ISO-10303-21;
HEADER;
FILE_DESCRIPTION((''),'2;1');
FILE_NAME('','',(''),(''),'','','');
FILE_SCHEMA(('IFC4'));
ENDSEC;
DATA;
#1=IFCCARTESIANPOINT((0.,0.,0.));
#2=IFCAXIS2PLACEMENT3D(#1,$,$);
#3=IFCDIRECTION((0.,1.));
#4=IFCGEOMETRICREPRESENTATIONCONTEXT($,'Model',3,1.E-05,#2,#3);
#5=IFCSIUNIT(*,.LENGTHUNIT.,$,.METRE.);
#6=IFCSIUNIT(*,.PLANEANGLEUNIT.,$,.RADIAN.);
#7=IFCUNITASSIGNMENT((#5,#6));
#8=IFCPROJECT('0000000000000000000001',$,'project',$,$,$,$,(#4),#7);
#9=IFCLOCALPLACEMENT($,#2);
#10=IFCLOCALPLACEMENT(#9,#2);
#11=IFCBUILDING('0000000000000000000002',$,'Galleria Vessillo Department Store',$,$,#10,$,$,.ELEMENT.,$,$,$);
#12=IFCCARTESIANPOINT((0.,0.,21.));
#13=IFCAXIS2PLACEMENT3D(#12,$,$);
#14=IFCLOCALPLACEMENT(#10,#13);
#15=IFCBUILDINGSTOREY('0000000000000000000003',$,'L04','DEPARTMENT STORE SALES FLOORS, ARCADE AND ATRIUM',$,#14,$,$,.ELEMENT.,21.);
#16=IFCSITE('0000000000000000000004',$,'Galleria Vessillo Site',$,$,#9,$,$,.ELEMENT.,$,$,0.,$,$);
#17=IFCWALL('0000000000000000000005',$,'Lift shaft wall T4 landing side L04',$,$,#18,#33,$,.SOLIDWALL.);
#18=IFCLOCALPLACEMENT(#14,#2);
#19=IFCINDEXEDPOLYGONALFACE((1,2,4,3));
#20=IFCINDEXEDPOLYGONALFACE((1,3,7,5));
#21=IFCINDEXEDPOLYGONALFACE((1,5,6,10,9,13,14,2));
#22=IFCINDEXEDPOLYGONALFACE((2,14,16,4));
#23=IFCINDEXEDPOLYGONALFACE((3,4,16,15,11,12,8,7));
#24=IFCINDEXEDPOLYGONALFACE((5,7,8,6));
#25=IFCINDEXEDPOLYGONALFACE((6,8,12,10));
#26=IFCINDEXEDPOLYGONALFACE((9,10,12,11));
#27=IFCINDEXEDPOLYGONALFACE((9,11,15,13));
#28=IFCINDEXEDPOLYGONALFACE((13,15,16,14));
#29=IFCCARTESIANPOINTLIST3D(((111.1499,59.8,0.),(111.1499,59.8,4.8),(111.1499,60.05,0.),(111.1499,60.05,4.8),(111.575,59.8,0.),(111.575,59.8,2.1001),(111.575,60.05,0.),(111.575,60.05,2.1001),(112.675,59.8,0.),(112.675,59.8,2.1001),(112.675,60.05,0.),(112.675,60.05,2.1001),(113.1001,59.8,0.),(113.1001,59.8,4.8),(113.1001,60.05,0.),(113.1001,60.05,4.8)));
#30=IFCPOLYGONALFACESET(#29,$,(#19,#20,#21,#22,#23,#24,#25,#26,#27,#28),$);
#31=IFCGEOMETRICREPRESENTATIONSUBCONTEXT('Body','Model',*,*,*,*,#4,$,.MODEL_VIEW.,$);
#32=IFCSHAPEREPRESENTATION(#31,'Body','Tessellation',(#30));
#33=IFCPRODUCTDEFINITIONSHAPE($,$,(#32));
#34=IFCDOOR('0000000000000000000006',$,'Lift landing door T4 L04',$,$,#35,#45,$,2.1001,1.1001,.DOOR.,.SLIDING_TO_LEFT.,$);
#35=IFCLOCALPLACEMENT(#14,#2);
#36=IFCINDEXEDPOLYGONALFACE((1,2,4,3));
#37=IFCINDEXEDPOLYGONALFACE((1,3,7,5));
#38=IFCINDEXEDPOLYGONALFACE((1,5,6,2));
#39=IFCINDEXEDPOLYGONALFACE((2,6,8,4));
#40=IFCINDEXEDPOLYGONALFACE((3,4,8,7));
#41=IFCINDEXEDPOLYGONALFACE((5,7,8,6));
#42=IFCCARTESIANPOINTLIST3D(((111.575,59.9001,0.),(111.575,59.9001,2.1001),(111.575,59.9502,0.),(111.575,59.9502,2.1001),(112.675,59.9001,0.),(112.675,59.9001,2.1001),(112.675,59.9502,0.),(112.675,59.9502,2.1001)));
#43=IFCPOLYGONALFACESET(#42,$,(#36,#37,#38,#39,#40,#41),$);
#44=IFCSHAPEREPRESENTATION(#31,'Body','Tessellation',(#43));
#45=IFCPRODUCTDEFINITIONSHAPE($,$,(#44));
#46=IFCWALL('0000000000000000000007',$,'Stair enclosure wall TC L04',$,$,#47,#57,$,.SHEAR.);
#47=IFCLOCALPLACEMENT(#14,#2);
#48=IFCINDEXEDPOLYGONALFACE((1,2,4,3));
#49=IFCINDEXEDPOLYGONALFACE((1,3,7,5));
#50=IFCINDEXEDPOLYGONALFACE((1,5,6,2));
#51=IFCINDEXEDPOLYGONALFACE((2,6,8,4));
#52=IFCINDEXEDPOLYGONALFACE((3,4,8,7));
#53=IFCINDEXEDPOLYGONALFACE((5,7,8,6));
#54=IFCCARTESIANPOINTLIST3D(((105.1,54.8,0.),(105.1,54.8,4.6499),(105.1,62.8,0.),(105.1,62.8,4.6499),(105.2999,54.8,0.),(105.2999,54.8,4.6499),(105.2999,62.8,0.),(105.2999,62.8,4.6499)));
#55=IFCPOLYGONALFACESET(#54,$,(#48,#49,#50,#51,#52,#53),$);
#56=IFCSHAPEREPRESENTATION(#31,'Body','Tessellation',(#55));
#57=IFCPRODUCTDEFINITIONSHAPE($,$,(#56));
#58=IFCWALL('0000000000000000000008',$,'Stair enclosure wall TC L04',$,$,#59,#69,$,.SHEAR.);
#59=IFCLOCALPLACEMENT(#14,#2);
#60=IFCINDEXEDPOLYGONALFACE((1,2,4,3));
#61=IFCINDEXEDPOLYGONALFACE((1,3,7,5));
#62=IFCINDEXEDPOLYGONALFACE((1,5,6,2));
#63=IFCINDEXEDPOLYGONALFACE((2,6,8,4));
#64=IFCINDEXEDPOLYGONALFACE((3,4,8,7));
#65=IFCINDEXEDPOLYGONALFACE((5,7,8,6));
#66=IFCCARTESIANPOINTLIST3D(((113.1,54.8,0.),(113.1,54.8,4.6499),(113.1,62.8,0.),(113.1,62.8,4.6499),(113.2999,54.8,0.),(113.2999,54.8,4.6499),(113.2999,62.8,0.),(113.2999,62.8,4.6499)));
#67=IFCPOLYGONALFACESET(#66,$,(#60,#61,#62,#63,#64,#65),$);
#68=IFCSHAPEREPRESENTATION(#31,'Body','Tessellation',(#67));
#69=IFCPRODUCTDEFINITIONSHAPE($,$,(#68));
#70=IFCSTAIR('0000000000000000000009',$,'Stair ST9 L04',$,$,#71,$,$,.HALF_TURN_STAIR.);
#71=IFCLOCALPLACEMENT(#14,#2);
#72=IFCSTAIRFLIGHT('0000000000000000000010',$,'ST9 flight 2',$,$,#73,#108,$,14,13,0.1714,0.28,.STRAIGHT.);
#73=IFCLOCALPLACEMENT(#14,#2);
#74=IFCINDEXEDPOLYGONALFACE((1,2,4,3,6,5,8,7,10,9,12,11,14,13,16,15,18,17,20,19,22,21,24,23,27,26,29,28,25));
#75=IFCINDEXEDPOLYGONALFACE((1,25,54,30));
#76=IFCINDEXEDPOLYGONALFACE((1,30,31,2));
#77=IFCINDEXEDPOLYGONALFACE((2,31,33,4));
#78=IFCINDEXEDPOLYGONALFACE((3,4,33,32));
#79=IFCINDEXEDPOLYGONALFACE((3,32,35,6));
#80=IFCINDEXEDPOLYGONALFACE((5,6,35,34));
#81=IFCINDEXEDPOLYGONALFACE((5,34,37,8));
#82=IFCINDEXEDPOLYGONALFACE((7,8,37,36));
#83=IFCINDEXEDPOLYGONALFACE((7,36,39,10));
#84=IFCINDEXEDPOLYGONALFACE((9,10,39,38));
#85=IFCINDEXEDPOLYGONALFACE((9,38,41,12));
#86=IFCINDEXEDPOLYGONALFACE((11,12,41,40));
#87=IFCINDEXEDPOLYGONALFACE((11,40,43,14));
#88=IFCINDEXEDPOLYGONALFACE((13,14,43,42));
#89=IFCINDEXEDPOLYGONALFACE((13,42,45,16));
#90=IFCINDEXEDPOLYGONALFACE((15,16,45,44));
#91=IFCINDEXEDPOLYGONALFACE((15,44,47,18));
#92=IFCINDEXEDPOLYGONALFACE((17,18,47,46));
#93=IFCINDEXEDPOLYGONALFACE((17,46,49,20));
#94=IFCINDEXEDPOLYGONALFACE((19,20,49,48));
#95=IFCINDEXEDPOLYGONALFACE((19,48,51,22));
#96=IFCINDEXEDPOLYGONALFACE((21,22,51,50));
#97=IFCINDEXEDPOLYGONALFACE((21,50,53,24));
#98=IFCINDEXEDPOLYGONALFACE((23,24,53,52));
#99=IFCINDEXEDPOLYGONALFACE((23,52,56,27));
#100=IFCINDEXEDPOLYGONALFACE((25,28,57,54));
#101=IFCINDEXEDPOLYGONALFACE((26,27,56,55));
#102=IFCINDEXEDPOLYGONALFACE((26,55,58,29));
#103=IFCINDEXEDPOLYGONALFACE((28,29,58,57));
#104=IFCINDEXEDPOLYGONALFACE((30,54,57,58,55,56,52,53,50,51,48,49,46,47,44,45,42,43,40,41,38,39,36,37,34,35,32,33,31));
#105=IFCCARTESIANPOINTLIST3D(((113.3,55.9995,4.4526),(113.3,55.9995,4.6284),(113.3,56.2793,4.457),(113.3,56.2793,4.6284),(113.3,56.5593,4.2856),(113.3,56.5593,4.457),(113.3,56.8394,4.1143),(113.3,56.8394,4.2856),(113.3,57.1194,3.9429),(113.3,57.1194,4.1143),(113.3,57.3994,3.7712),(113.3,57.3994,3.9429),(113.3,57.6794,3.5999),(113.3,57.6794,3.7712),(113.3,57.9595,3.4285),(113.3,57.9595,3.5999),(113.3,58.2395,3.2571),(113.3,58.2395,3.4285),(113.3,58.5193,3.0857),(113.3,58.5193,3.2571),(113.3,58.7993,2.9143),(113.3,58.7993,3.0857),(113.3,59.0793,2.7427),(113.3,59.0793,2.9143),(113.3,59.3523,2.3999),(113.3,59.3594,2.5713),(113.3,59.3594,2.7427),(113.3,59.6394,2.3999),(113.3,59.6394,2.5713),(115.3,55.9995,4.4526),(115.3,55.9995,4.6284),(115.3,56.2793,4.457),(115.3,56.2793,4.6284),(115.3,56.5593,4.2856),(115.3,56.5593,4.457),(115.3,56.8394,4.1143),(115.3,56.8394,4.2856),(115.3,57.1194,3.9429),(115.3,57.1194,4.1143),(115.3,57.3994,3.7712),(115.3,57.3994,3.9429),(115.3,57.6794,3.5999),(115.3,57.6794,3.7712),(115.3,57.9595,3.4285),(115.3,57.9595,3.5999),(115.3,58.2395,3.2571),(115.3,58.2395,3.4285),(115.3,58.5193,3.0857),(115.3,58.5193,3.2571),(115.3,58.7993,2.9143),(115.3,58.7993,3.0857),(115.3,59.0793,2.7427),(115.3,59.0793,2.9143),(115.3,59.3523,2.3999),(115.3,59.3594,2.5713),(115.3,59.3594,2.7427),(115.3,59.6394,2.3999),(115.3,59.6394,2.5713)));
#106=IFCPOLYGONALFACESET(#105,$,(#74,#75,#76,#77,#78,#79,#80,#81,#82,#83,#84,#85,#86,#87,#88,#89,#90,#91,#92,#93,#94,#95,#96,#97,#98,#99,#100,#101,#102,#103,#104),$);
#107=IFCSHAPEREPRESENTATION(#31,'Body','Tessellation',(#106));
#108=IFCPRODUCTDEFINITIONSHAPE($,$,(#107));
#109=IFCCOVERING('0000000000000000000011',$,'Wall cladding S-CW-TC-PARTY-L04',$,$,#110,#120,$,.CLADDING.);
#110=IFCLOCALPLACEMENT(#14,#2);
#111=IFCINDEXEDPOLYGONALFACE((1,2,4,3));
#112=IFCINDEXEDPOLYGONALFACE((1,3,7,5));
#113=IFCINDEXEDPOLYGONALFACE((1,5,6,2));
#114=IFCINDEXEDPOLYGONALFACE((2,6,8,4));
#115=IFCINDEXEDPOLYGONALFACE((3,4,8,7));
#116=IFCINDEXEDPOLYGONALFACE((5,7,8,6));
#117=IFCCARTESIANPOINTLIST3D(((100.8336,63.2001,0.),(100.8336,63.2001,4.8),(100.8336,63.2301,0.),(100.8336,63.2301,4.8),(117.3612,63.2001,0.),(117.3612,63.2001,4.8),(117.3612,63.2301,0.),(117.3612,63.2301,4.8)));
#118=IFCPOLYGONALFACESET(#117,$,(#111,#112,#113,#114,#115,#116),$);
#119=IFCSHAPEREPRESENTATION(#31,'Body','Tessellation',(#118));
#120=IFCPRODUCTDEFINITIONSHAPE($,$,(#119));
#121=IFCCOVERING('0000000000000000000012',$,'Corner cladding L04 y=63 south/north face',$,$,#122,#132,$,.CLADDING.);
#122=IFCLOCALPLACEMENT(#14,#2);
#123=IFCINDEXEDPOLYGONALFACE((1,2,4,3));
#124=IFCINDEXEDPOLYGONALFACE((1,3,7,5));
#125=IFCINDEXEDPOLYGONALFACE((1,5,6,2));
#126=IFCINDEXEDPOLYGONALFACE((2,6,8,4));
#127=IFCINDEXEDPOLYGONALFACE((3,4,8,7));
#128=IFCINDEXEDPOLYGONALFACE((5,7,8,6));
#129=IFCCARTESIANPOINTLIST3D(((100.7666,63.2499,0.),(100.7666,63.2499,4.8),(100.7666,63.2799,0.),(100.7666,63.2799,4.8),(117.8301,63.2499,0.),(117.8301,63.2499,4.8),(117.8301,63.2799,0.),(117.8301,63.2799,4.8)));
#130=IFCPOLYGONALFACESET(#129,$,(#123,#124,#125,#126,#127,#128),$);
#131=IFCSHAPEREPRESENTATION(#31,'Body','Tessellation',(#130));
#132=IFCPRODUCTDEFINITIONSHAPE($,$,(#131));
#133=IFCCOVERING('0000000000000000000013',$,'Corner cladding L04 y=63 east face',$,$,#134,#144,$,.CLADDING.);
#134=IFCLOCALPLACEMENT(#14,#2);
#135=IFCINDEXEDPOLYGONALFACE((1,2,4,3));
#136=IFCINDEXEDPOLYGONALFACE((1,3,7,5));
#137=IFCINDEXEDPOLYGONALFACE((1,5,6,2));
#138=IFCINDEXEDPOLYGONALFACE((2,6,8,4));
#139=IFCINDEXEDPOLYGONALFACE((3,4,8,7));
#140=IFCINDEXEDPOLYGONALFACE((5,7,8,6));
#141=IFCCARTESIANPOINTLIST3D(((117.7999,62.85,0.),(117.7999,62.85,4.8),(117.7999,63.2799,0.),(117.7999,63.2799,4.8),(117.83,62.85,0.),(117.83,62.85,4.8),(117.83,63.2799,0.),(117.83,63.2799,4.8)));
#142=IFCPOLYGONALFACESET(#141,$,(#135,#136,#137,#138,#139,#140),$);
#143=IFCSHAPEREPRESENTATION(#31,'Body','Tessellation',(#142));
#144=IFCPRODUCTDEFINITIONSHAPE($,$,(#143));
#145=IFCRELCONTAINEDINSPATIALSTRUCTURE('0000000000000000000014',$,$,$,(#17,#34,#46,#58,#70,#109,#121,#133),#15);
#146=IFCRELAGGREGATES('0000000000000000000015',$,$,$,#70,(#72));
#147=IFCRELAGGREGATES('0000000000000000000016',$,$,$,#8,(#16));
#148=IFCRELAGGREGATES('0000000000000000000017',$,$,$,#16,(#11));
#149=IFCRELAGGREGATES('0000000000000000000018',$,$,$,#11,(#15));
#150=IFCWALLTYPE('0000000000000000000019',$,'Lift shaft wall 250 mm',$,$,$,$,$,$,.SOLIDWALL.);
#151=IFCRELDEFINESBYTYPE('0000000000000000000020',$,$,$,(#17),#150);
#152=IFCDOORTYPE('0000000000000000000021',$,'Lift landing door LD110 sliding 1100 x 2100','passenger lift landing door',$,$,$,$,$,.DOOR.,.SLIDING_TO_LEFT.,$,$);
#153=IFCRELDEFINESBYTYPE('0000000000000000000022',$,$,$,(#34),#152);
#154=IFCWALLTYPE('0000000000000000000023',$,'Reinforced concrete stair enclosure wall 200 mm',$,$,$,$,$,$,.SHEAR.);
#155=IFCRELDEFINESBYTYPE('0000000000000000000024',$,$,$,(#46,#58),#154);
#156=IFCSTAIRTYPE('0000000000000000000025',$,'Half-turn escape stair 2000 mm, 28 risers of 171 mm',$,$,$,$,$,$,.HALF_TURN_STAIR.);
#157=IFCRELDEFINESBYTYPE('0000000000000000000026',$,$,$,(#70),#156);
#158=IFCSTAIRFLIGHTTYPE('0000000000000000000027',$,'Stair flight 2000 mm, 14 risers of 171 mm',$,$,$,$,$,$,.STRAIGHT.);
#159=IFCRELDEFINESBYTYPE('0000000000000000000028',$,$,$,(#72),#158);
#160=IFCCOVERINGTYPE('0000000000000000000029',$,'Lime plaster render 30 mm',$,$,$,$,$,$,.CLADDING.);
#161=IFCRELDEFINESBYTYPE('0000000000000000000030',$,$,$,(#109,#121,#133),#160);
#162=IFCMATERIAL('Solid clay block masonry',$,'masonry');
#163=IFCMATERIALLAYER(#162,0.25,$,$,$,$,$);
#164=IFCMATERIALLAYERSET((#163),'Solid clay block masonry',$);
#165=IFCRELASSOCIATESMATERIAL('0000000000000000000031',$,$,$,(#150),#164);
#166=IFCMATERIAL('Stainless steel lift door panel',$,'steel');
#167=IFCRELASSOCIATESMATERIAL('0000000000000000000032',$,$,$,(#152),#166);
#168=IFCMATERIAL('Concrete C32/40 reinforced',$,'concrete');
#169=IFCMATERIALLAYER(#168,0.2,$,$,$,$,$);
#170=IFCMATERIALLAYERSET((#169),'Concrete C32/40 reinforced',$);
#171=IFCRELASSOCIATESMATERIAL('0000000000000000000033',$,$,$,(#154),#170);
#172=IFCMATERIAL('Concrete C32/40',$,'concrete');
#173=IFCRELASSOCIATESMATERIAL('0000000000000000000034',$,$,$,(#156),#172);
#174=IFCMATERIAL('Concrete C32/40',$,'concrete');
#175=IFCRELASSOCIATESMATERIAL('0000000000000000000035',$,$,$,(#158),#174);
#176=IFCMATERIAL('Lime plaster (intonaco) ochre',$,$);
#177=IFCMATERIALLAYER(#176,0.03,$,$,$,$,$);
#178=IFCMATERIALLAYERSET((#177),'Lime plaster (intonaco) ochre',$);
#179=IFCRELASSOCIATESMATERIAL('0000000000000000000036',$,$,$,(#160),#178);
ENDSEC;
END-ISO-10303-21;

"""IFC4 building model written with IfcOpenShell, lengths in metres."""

from ifc_helpers import new_model, si_unit, direction, frame, frame_2d, origin, origin_2d, place, context, subcontext, project, spatial, polyline, rectangle, outline, extrude, material, layer, layer_set, type_object, element, fill, aggregate, save


model = new_model("IFC4")

# Units and contexts
model_context = context("Model", 3, precision=1e-05, world=origin(), true_north=direction((0.0, 1.0)))
body_context = subcontext(model_context, "Body", "Model", "MODEL_VIEW")
ifc_project = project(units=[si_unit("LENGTHUNIT", "METRE"), si_unit("PLANEANGLEUNIT", "RADIAN")], contexts=[model_context])

# Site, building, storey
site_placement = place(None, origin())
site = spatial("IfcSite", under=ifc_project, at=site_placement, Name="Galleria Vessillo Site", CompositionType="ELEMENT", RefElevation=0.0)
building_placement = place(site_placement, origin())
building = spatial("IfcBuilding", under=site, at=building_placement, Name="Galleria Vessillo Department Store", CompositionType="ELEMENT")
storey_placement = place(building_placement, frame((0.0, 0.0, 21.0)))
storey = spatial("IfcBuildingStorey", under=building, at=storey_placement, Name="L04", Description="DEPARTMENT STORE SALES FLOORS, ARCADE AND ATRIUM", CompositionType="ELEMENT", Elevation=21.0)

# Wall, opening, door
ifc_material_1 = material(Name="Solid clay block masonry", Category="masonry")
ifc_layer_1 = layer(ifc_material_1, 0.25)
ifc_layer_set_1 = layer_set([ifc_layer_1], Name="Solid clay block masonry")
wall_type_1 = type_object("IfcWallType", Name="Lift shaft wall 250 mm", PredefinedType="SOLIDWALL", material=ifc_layer_set_1)
ifc_material_2 = material(Name="Stainless steel lift door panel", Category="steel")
door_type = type_object("IfcDoorType", Name="Lift landing door LD110 sliding 1100 x 2100", Description="passenger lift landing door", OperationType="SLIDING_TO_LEFT", PredefinedType="DOOR", material=ifc_material_2)
wall_1_placement = place(storey_placement, frame((111.1499, 59.925, 0.0), z_axis=(0.0, 0.0, 1.0), x_axis=(1.0, 0.0, 0.0)))
wall_1 = element("IfcWall", 1, at=wall_1_placement, inside=storey, type_object=wall_type_1, Name="Lift shaft wall T4 landing side L04", PredefinedType="SOLIDWALL", context=body_context, shape_type="SweptSolid", body=[
    extrude(rectangle(XDim=1.9502, YDim=0.25, at=frame_2d((0.9751, 0.0))), origin(), (0.0, 0.0, 1.0), 4.8),
])
opening_1_placement = place(wall_1_placement, frame((0.425, 0.0, 0.0)))
opening_1 = element("IfcOpeningElement", 2, at=opening_1_placement, cuts=wall_1, PredefinedType="OPENING", context=body_context, shape_type="SweptSolid", body=[
    extrude(rectangle(XDim=1.1001, YDim=2.1001, at=frame_2d((0.55, 1.05))), frame((0.0, 0.135, 0.0), z_axis=(0.0, -1.0, 0.0), x_axis=(1.0, 0.0, 0.0)), (0.0, 0.0, 1.0), 0.27),
])
door_1_placement = place(opening_1_placement, frame((1.1001, 0.0, 0.0), z_axis=(0.0, 0.0, 1.0), x_axis=(-1.0, 0.0, 0.0)))
door_1 = element("IfcDoor", 3, at=door_1_placement, inside=storey, type_object=door_type, Name="Lift landing door T4 L04", OperationType="SLIDING_TO_LEFT", OverallHeight=2.1001, OverallWidth=1.1001, PredefinedType="DOOR", context=body_context, shape_type="SweptSolid", body=[
    extrude(rectangle(XDim=1.1001, YDim=2.1001, at=frame_2d((0.55, 1.05))), frame((0.0, 0.0249, 0.0), z_axis=(0.0, -1.0, 0.0), x_axis=(1.0, 0.0, 0.0)), (0.0, 0.0, 1.0), 0.05),
])
fill(opening_1, door_1)

# Walls
ifc_material_3 = material(Name="Concrete C32/40 reinforced", Category="concrete")
ifc_layer_2 = layer(ifc_material_3, 0.2)
ifc_layer_set_2 = layer_set([ifc_layer_2], Name="Concrete C32/40 reinforced")
wall_type_2 = type_object("IfcWallType", Name="Reinforced concrete stair enclosure wall 200 mm", PredefinedType="SHEAR", material=ifc_layer_set_2)
for number, where, z_axis, x_axis, name in (
    (4, (105.2, 62.8, 0.0), (0.0, 0.0, 1.0), (0.0, -1.0, 0.0), "Stair enclosure wall TC L04"),
    (5, (113.2, 62.8, 0.0), (0.0, 0.0, 1.0), (0.0, -1.0, 0.0), "Stair enclosure wall TC L04"),
):
    element("IfcWall", number, at=place(storey_placement, frame(where, z_axis=z_axis, x_axis=x_axis)), inside=storey, type_object=wall_type_2, Name=name, PredefinedType="SHEAR", context=body_context, shape_type="SweptSolid", body=[
        extrude(rectangle(XDim=8.0, YDim=0.2, at=frame_2d((4.0, 0.0))), origin(), (0.0, 0.0, 1.0), 4.6499),
    ])

# Stair, stair flight
ifc_material_4 = material(Name="Concrete C32/40", Category="concrete")
stair_type = type_object("IfcStairType", Name="Half-turn escape stair 2000 mm, 28 risers of 171 mm", PredefinedType="HALF_TURN_STAIR", material=ifc_material_4)
stair_placement = place(storey_placement, origin())
stair = element("IfcStair", 6, at=stair_placement, inside=storey, type_object=stair_type, Name="Stair ST9 L04", PredefinedType="HALF_TURN_STAIR")
ifc_material_5 = material(Name="Concrete C32/40", Category="concrete")
stair_flight_type = type_object("IfcStairFlightType", Name="Stair flight 2000 mm, 14 risers of 171 mm", PredefinedType="STRAIGHT", material=ifc_material_5)
stair_flight_placement = place(storey_placement, frame((114.3, 59.6394, 2.3999), z_axis=(0.0, 0.0, 1.0), x_axis=(0.0, -1.0, 0.0)))
stair_flight = element("IfcStairFlight", 7, at=stair_flight_placement, type_object=stair_flight_type, Name="ST9 flight 2", NumberOfRisers=14, NumberOfTreads=13, PredefinedType="STRAIGHT", RiserHeight=0.1714, TreadLength=0.28, context=body_context, shape_type="SweptSolid", body=[
    extrude(outline(polyline([(0.0, 0.0), (0.0, 0.1714), (0.28, 0.1714), (0.28, 0.3428), (0.5601, 0.3428), (0.5601, 0.5144), (0.8401, 0.5144), (0.8401, 0.6858), (1.1201, 0.6858), (1.1201, 0.8572), (1.3999, 0.8572), (1.3999, 1.0286), (1.6799, 1.0286), (1.6799, 1.2), (1.96, 1.2), (1.96, 1.3713), (2.24, 1.3713), (2.24, 1.543), (2.52, 1.543), (2.52, 1.7144), (2.8, 1.7144), (2.8, 1.8857), (3.0801, 1.8857), (3.0801, 2.0571), (3.3601, 2.0571), (3.3601, 2.2285), (3.6399, 2.2285), (3.6399, 2.3999), (3.6399, 2.0527), (0.2871, 0.0), (0.0, 0.0)])), frame((0.0, 1.0, 0.0), z_axis=(0.0, -1.0, 0.0), x_axis=(1.0, 0.0, 0.0)), (0.0, 0.0, 1.0), 2.0),
])
aggregate(stair, [stair_flight])

# Coverings
ifc_material_6 = material(Name="Lime plaster (intonaco) ochre")
ifc_layer_3 = layer(ifc_material_6, 0.03)
ifc_layer_set_3 = layer_set([ifc_layer_3], Name="Lime plaster (intonaco) ochre")
covering_type = type_object("IfcCoveringType", Name="Lime plaster render 30 mm", PredefinedType="CLADDING", material=ifc_layer_set_3)
covering_1_placement = place(storey_placement, frame((109.0974, 63.2151, 0.0), z_axis=(0.0, 0.0, 1.0), x_axis=(1.0, 0.0, 0.0)))
element("IfcCovering", 8, at=covering_1_placement, inside=storey, type_object=covering_type, Name="Wall cladding S-CW-TC-PARTY-L04", PredefinedType="CLADDING", context=body_context, shape_type="SweptSolid", body=[
    extrude(rectangle(XDim=16.5276, YDim=0.03, at=origin_2d()), origin(), (0.0, 0.0, 1.0), 4.8),
])
covering_2_placement = place(storey_placement, frame((109.2983, 63.2649, 0.0), z_axis=(0.0, 0.0, 1.0), x_axis=(1.0, 0.0, 0.0)))
element("IfcCovering", 9, at=covering_2_placement, inside=storey, type_object=covering_type, Name="Corner cladding L04 y=63 south/north face", PredefinedType="CLADDING", context=body_context, shape_type="SweptSolid", body=[
    extrude(rectangle(XDim=17.0635, YDim=0.03, at=origin_2d()), origin(), (0.0, 0.0, 1.0), 4.8),
])
covering_3_placement = place(storey_placement, frame((117.8149, 63.0649, 0.0), z_axis=(0.0, 0.0, 1.0), x_axis=(1.0, 0.0, 0.0)))
element("IfcCovering", 10, at=covering_3_placement, inside=storey, type_object=covering_type, Name="Corner cladding L04 y=63 east face", PredefinedType="CLADDING", context=body_context, shape_type="SweptSolid", body=[
    extrude(rectangle(XDim=0.03, YDim=0.4299, at=origin_2d()), origin(), (0.0, 0.0, 1.0), 4.8),
])

save(model, "model.ifc")
